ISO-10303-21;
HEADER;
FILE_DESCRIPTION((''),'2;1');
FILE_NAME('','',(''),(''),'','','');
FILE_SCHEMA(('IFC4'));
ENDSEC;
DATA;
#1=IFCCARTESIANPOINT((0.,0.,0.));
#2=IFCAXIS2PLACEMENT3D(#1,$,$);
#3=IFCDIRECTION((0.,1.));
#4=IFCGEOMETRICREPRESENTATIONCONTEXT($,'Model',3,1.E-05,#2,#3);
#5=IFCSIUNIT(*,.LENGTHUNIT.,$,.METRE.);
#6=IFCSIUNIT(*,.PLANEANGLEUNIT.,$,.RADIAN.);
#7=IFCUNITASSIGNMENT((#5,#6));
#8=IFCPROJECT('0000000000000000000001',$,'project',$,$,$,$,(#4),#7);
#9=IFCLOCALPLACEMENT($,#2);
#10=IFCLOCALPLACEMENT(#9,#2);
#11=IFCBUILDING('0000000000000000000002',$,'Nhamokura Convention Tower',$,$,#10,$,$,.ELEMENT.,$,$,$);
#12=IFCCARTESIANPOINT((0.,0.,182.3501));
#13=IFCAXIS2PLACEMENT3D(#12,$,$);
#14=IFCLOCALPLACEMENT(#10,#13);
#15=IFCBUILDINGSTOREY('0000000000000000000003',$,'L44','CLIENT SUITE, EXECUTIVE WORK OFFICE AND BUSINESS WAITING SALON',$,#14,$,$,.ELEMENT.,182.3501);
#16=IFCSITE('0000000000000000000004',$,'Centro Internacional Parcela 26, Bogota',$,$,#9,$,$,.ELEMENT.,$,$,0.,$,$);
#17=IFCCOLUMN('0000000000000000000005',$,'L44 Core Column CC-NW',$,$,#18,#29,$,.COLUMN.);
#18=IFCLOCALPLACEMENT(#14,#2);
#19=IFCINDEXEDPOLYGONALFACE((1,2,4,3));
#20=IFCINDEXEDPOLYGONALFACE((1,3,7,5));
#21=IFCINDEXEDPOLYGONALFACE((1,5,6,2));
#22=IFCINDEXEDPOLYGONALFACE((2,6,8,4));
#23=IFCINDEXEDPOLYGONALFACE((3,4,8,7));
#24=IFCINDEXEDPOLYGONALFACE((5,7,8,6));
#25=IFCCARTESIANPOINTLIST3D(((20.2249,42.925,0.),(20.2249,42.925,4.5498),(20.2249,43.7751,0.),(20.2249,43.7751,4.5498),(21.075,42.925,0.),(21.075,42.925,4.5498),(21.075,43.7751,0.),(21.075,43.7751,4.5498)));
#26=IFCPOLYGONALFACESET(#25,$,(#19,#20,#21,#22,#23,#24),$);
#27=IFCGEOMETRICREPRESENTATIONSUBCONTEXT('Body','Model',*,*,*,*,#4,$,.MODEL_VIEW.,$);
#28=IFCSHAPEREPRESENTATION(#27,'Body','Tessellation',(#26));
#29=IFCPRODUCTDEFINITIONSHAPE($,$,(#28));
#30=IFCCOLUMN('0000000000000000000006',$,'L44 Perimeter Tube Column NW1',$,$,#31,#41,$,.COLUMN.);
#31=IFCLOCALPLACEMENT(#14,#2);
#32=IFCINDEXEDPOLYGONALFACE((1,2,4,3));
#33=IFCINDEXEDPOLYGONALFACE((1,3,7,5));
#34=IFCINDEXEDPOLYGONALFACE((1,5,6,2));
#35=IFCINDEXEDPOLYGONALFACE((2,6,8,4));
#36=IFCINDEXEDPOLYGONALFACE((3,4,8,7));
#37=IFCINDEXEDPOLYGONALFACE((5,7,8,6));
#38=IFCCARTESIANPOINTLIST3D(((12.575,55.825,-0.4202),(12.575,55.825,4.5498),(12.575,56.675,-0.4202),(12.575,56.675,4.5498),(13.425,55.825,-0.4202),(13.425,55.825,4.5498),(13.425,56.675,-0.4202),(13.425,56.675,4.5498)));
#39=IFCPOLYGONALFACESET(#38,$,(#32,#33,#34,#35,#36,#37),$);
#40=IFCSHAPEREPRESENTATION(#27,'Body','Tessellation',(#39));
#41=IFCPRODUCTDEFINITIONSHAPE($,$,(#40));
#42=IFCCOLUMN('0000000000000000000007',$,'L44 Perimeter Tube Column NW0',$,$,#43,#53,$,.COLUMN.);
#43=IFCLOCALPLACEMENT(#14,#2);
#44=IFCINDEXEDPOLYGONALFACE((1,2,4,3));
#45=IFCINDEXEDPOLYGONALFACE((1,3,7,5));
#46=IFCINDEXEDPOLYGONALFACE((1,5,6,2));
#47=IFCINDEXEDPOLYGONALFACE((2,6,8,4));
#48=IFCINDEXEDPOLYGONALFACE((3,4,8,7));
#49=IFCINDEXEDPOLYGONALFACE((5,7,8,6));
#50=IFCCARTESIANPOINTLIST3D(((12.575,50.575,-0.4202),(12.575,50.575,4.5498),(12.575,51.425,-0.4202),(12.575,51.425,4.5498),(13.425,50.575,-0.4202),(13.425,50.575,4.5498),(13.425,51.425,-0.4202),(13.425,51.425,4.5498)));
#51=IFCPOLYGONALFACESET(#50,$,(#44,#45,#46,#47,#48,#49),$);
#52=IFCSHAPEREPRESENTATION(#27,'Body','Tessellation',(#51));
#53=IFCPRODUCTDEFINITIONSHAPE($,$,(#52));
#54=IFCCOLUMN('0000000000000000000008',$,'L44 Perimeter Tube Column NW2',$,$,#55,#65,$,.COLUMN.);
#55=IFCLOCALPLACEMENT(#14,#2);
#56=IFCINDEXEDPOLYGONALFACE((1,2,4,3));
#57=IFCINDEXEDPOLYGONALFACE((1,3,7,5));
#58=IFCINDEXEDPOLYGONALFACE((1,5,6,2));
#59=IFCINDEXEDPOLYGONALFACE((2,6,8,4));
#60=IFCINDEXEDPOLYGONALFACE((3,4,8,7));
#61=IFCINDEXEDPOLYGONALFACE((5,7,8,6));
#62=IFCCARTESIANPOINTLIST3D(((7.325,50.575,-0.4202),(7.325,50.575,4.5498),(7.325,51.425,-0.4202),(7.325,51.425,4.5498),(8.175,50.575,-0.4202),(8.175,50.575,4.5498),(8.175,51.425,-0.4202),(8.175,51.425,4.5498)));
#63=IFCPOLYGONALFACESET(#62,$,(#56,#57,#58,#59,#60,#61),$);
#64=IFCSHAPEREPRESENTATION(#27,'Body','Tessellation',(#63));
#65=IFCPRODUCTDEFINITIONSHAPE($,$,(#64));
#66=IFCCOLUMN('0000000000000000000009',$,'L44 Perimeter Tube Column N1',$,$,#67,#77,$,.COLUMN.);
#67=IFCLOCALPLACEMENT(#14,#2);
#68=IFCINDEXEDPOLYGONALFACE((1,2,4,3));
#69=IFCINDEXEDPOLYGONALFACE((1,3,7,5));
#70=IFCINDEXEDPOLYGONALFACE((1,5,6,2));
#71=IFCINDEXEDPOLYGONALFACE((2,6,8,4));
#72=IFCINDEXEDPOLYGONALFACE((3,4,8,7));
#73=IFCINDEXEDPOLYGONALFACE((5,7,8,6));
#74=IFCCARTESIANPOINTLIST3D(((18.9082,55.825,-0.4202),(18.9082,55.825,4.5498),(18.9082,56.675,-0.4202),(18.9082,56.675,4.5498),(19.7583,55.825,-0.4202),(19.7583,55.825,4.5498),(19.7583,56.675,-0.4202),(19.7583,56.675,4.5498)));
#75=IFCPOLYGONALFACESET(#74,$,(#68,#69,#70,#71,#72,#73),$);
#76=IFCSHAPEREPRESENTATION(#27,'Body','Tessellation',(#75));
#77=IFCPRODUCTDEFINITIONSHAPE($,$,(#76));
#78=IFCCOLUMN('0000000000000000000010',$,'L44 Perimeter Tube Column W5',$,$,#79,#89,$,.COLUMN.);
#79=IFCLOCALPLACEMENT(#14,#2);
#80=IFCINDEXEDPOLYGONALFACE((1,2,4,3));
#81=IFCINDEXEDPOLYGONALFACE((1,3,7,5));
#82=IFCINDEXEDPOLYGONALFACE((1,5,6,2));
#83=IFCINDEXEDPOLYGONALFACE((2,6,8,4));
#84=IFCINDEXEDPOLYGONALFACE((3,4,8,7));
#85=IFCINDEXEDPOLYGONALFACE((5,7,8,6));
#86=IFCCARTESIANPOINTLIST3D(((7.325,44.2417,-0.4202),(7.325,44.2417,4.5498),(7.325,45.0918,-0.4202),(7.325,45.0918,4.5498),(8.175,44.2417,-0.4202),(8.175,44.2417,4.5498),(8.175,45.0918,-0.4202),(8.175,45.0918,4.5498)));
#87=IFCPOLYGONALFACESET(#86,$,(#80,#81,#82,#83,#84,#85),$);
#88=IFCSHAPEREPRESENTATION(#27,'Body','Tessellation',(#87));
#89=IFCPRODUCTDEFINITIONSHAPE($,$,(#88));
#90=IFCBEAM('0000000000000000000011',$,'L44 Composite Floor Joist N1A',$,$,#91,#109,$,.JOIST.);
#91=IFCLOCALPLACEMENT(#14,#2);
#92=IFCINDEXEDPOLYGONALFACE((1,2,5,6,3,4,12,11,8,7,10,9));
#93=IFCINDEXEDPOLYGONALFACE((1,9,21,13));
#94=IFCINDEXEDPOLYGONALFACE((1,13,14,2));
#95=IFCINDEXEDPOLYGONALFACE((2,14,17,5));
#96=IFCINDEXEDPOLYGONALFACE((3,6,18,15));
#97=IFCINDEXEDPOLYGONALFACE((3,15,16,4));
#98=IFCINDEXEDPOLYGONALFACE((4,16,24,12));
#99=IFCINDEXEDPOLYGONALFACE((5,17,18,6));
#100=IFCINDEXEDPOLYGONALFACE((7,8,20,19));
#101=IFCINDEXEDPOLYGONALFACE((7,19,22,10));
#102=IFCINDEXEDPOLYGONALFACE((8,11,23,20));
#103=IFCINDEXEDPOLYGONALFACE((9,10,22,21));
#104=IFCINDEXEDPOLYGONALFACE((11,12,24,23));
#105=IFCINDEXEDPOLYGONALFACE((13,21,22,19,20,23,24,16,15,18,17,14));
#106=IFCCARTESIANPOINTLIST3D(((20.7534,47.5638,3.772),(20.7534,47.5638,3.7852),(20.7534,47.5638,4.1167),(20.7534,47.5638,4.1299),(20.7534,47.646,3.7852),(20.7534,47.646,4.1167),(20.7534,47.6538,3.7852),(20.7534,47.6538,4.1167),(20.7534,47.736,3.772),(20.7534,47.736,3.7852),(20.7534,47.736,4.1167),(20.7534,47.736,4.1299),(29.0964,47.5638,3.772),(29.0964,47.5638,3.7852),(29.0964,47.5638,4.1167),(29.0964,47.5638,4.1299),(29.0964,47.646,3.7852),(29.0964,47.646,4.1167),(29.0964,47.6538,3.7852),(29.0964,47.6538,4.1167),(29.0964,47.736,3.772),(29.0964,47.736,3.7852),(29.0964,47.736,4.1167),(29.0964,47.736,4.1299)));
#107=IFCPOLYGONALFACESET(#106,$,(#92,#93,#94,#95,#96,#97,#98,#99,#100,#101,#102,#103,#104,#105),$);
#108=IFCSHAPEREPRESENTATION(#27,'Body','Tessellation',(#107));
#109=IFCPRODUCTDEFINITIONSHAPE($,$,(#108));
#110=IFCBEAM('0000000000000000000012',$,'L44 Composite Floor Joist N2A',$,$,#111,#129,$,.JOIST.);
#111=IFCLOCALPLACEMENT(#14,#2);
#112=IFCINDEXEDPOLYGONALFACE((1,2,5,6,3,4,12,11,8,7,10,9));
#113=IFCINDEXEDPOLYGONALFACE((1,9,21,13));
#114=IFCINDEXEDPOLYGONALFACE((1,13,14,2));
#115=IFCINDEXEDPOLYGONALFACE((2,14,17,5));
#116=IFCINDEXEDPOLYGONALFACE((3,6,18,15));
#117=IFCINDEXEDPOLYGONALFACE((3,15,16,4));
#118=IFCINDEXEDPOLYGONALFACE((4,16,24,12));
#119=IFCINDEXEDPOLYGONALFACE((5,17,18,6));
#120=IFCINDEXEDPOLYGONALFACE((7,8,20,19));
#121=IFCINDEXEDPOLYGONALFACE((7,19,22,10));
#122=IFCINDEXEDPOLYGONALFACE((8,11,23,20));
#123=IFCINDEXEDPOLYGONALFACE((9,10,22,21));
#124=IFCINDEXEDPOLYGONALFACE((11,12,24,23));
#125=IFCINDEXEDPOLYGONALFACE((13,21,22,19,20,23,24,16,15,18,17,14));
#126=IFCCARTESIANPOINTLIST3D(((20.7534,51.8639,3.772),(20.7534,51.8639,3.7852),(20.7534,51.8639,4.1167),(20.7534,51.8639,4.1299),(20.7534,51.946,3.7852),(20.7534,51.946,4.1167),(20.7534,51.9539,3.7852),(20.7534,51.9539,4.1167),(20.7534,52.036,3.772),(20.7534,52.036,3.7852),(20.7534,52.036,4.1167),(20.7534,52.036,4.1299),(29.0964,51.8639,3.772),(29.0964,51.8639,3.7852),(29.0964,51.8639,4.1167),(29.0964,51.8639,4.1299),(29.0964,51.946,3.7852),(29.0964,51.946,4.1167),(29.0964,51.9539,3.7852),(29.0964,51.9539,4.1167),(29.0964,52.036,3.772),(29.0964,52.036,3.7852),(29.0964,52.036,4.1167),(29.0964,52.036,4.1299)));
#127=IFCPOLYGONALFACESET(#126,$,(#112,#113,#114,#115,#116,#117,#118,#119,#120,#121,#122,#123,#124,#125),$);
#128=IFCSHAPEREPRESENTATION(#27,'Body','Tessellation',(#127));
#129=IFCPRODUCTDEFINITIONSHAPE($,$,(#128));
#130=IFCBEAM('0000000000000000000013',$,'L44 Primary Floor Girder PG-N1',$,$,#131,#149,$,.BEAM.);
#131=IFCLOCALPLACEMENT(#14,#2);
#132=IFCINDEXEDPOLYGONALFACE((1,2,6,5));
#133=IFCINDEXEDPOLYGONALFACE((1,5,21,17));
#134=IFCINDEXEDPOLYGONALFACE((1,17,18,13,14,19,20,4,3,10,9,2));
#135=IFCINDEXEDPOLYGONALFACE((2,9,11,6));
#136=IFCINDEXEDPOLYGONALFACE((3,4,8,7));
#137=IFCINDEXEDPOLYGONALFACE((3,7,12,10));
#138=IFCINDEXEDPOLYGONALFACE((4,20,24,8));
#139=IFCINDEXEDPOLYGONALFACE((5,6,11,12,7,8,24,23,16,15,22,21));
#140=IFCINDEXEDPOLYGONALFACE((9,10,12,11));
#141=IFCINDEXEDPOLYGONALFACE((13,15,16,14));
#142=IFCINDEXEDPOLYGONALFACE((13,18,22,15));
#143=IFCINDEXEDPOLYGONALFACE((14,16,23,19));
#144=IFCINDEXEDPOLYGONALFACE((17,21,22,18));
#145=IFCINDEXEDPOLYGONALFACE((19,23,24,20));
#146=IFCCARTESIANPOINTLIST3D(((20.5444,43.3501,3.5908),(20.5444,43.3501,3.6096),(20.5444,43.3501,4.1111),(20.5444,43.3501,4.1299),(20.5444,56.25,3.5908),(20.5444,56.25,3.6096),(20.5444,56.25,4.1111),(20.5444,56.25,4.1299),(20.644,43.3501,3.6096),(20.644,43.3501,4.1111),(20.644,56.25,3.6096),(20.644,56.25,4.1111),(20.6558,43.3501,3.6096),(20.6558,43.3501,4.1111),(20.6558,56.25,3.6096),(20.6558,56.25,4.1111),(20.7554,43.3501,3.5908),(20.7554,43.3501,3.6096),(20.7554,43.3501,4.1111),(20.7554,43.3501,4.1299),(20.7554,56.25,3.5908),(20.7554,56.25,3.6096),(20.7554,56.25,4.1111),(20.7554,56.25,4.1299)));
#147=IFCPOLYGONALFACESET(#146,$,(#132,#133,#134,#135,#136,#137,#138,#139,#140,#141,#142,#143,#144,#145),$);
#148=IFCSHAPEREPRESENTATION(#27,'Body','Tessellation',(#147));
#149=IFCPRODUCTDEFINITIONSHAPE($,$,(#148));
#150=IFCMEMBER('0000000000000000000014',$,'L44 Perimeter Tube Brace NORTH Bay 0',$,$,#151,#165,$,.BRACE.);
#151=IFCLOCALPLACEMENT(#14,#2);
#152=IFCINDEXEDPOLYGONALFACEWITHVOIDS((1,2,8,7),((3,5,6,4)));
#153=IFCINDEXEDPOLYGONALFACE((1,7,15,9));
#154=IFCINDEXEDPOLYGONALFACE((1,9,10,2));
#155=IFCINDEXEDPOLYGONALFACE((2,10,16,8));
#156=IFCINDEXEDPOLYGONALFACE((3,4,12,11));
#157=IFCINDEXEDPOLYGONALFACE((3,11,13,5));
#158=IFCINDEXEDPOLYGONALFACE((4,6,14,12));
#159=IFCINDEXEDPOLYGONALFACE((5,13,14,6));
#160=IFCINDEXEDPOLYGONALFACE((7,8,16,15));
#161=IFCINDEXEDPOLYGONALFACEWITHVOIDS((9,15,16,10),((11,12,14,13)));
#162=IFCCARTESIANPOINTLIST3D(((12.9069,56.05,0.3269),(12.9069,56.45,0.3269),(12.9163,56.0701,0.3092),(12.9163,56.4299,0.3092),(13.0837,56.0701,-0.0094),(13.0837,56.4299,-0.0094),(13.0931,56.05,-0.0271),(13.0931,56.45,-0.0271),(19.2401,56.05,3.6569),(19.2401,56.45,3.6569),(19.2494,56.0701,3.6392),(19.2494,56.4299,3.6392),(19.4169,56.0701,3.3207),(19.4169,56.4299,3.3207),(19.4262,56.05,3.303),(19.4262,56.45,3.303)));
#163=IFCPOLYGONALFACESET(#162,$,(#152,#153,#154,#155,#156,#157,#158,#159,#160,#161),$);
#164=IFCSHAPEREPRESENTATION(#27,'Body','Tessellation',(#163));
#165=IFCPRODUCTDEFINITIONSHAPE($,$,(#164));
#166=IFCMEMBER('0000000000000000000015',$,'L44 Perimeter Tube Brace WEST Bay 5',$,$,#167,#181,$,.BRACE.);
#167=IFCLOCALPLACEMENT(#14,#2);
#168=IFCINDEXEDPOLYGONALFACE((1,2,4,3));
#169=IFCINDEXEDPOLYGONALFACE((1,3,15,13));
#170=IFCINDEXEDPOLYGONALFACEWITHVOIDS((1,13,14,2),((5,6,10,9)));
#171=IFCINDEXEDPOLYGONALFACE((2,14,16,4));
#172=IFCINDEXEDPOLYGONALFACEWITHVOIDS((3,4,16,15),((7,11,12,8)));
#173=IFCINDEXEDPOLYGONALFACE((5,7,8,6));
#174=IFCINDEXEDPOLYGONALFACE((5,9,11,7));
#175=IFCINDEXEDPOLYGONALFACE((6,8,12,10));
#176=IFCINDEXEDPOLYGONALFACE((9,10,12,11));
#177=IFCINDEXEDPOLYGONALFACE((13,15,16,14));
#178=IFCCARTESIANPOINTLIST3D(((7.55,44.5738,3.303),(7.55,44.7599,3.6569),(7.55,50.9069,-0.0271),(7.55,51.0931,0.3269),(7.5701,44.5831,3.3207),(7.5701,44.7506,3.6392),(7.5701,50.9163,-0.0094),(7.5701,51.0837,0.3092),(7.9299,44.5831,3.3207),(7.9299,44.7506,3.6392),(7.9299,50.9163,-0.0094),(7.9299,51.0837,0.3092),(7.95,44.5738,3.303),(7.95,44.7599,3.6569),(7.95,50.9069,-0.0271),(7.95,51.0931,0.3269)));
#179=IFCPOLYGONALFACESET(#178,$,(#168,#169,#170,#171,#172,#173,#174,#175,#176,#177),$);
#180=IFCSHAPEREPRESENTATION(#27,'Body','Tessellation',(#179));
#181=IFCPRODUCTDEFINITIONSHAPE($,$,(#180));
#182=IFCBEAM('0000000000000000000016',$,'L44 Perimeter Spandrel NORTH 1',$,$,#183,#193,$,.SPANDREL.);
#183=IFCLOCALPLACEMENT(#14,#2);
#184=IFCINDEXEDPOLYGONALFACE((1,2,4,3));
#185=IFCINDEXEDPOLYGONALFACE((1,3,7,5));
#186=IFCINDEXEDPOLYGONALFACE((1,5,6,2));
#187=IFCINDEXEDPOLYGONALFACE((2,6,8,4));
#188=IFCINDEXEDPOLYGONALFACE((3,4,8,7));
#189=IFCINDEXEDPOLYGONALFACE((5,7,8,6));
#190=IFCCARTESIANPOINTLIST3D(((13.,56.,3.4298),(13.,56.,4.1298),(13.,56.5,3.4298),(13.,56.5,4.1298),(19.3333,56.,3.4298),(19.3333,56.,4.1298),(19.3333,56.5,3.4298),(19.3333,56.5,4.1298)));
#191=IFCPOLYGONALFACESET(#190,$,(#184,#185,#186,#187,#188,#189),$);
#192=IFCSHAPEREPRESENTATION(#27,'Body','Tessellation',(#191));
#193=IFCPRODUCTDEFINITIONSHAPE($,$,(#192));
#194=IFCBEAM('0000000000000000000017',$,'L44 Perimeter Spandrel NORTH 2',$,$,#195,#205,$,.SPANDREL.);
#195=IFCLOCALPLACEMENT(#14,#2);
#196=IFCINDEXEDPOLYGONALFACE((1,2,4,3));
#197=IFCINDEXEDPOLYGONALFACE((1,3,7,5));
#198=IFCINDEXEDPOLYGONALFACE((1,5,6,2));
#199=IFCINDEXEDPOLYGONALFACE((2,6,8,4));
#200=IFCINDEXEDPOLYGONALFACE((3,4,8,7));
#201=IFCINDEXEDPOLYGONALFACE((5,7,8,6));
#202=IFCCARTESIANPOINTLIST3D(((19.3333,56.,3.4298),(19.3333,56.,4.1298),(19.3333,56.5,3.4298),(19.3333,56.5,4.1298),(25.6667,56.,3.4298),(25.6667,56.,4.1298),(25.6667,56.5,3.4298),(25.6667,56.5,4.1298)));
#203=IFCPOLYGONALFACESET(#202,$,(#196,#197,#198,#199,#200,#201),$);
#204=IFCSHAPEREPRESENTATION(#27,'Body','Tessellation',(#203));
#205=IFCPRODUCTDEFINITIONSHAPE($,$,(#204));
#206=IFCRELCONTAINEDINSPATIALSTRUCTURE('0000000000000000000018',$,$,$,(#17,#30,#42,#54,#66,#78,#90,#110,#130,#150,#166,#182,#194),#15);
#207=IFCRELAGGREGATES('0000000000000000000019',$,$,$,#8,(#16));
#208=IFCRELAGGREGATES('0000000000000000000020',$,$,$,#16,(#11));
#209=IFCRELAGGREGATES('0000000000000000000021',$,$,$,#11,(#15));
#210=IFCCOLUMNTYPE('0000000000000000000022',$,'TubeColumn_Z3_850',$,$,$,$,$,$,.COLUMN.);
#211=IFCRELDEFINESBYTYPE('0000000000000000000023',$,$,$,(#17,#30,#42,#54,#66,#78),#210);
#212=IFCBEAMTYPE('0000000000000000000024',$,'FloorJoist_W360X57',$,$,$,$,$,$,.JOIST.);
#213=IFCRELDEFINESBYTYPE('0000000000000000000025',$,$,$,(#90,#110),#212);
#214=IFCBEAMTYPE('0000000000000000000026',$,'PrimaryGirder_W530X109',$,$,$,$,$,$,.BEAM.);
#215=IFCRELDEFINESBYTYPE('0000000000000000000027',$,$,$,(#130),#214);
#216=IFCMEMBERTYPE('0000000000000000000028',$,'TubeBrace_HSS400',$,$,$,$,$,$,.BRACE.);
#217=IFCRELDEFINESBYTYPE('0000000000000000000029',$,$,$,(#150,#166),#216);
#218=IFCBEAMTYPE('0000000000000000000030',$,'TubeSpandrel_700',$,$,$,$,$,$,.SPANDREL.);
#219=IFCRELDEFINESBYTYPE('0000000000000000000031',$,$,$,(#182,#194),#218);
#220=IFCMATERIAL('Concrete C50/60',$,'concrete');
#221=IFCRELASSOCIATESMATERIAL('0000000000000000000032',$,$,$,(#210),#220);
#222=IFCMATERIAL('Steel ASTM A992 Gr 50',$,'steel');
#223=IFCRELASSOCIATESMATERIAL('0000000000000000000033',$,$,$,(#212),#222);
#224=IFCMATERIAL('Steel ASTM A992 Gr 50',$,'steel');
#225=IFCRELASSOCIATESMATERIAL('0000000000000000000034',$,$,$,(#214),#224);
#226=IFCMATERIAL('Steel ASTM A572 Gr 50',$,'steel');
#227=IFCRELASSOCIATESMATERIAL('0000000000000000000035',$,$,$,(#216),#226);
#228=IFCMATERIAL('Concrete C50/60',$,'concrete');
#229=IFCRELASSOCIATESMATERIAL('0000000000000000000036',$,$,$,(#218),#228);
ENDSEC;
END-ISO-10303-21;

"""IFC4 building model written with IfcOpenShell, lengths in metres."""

from ifc_helpers import new_model, si_unit, direction, frame, origin, origin_2d, place, context, subcontext, project, spatial, rectangle, hollow_rectangle, i_section, extrude, material, material_profile, profile_set, type_object, element, save


model = new_model("IFC4")

# Units and contexts
model_context = context("Model", 3, precision=1e-05, world=origin(), true_north=direction((0.0, 1.0)))
body_context = subcontext(model_context, "Body", "Model", "MODEL_VIEW")
ifc_project = project(units=[si_unit("LENGTHUNIT", "METRE"), si_unit("PLANEANGLEUNIT", "RADIAN")], contexts=[model_context])

# Site, building, storey
site_placement = place(None, origin())
site = spatial("IfcSite", under=ifc_project, at=site_placement, Name="Centro Internacional Parcela 26, Bogota", CompositionType="ELEMENT", RefElevation=0.0)
building_placement = place(site_placement, origin())
building = spatial("IfcBuilding", under=site, at=building_placement, Name="Nhamokura Convention Tower", CompositionType="ELEMENT")
storey_placement = place(building_placement, frame((0.0, 0.0, 182.3501)))
storey = spatial("IfcBuildingStorey", under=building, at=storey_placement, Name="L44", Description="CLIENT SUITE, EXECUTIVE WORK OFFICE AND BUSINESS WAITING SALON", CompositionType="ELEMENT", Elevation=182.3501)

# Columns
ifc_material_1 = material(Name="Concrete C50/60", Category="concrete")
ifc_material_profile_1 = material_profile(ifc_material_1, rectangle(XDim=0.8501, YDim=0.8501, at=origin_2d()))
ifc_profile_set_1 = profile_set([ifc_material_profile_1], Name="Concrete C50/60")
column_type = type_object("IfcColumnType", Name="TubeColumn_Z3_850", PredefinedType="COLUMN", material=ifc_profile_set_1)
column_placement = place(storey_placement, frame((20.6499, 43.3501, 0.0), z_axis=(0.0, 0.0, 1.0), x_axis=(1.0, 0.0, 0.0)))
element("IfcColumn", 1, at=column_placement, inside=storey, type_object=column_type, Name="L44 Core Column CC-NW", PredefinedType="COLUMN", context=body_context, shape_type="SweptSolid", body=[
    extrude(rectangle(XDim=0.8501, YDim=0.8501, at=origin_2d()), origin(), (0.0, 0.0, 1.0), 4.5498),
])
for number, where, z_axis, x_axis, name in (
    (2, (13.0, 56.25, -0.4202), (0.0, 0.0, 1.0), (1.0, 0.0, 0.0), "L44 Perimeter Tube Column NW1"),
    (3, (13.0, 51.0, -0.4202), (0.0, 0.0, 1.0), (1.0, 0.0, 0.0), "L44 Perimeter Tube Column NW0"),
    (4, (7.75, 51.0, -0.4202), (0.0, 0.0, 1.0), (1.0, 0.0, 0.0), "L44 Perimeter Tube Column NW2"),
    (5, (19.3333, 56.25, -0.4202), (0.0, 0.0, 1.0), (1.0, 0.0, 0.0), "L44 Perimeter Tube Column N1"),
    (6, (7.75, 44.6667, -0.4202), (0.0, 0.0, 1.0), (1.0, 0.0, 0.0), "L44 Perimeter Tube Column W5"),
):
    element("IfcColumn", number, at=place(storey_placement, frame(where, z_axis=z_axis, x_axis=x_axis)), inside=storey, type_object=column_type, Name=name, PredefinedType="COLUMN", context=body_context, shape_type="SweptSolid", body=[
        extrude(rectangle(XDim=0.8501, YDim=0.8501, at=origin_2d()), origin(), (0.0, 0.0, 1.0), 4.97),
    ])

# Beams
ifc_material_2 = material(Name="Steel ASTM A992 Gr 50", Category="steel")
ifc_material_profile_2 = material_profile(ifc_material_2, i_section(OverallWidth=0.1721, OverallDepth=0.3579, WebThickness=0.0078, FlangeThickness=0.0132, at=origin_2d()))
ifc_profile_set_2 = profile_set([ifc_material_profile_2], Name="Steel ASTM A992 Gr 50")
beam_type_1 = type_object("IfcBeamType", Name="FloorJoist_W360X57", PredefinedType="JOIST", material=ifc_profile_set_2)
for number, where, z_axis, x_axis, name in (
    (7, (20.7534, 47.6499, 3.9509), (1.0, 0.0, 0.0), (0.0, 1.0, 0.0), "L44 Composite Floor Joist N1A"),
    (8, (20.7534, 51.95, 3.9509), (1.0, 0.0, 0.0), (0.0, 1.0, 0.0), "L44 Composite Floor Joist N2A"),
):
    element("IfcBeam", number, at=place(storey_placement, frame(where, z_axis=z_axis, x_axis=x_axis)), inside=storey, type_object=beam_type_1, Name=name, PredefinedType="JOIST", context=body_context, shape_type="SweptSolid", body=[
        extrude(i_section(OverallWidth=0.1721, OverallDepth=0.3579, WebThickness=0.0078, FlangeThickness=0.0132, at=origin_2d()), origin(), (0.0, 0.0, 1.0), 8.343),
    ])
ifc_material_3 = material(Name="Steel ASTM A992 Gr 50", Category="steel")
ifc_material_profile_3 = material_profile(ifc_material_3, i_section(OverallWidth=0.2109, OverallDepth=0.5391, WebThickness=0.0117, FlangeThickness=0.0188, at=origin_2d()))
ifc_profile_set_3 = profile_set([ifc_material_profile_3], Name="Steel ASTM A992 Gr 50")
beam_type_2 = type_object("IfcBeamType", Name="PrimaryGirder_W530X109", PredefinedType="BEAM", material=ifc_profile_set_3)
beam_1_placement = place(storey_placement, frame((20.6499, 43.3501, 3.8604), z_axis=(0.0, 1.0, 0.0), x_axis=(-1.0, 0.0, 0.0)))
element("IfcBeam", 9, at=beam_1_placement, inside=storey, type_object=beam_type_2, Name="L44 Primary Floor Girder PG-N1", PredefinedType="BEAM", context=body_context, shape_type="SweptSolid", body=[
    extrude(i_section(OverallWidth=0.2109, OverallDepth=0.5391, WebThickness=0.0117, FlangeThickness=0.0188, at=origin_2d()), origin(), (0.0, 0.0, 1.0), 12.8999),
])

# Members
ifc_material_4 = material(Name="Steel ASTM A572 Gr 50", Category="steel")
ifc_material_profile_4 = material_profile(ifc_material_4, hollow_rectangle(XDim=0.3999, YDim=0.3999, WallThickness=0.02, at=origin_2d()))
ifc_profile_set_4 = profile_set([ifc_material_profile_4], Name="Steel ASTM A572 Gr 50")
member_type = type_object("IfcMemberType", Name="TubeBrace_HSS400", PredefinedType="BRACE", material=ifc_profile_set_4)
for number, where, z_axis, x_axis, name in (
    (10, (13.0, 56.25, 0.1499), (0.885103, 0.0, 0.465395), (0.0, 1.0, 0.0), "L44 Perimeter Tube Brace NORTH Bay 0"),
    (11, (7.75, 51.0, 0.1499), (0.0, -0.885103, 0.465395), (1.0, 0.0, 0.0), "L44 Perimeter Tube Brace WEST Bay 5"),
):
    element("IfcMember", number, at=place(storey_placement, frame(where, z_axis=z_axis, x_axis=x_axis)), inside=storey, type_object=member_type, Name=name, PredefinedType="BRACE", context=body_context, shape_type="SweptSolid", body=[
        extrude(hollow_rectangle(XDim=0.3999, YDim=0.3999, WallThickness=0.02, at=origin_2d()), origin(), (0.0, 0.0, 1.0), 7.1553),
    ])

# Beams
ifc_material_5 = material(Name="Concrete C50/60", Category="concrete")
ifc_material_profile_5 = material_profile(ifc_material_5, rectangle(XDim=0.5, YDim=0.7, at=origin_2d()))
ifc_profile_set_5 = profile_set([ifc_material_profile_5], Name="Concrete C50/60")
beam_type_3 = type_object("IfcBeamType", Name="TubeSpandrel_700", PredefinedType="SPANDREL", material=ifc_profile_set_5)
beam_2_placement = place(storey_placement, frame((13.0, 56.25, 3.7798), z_axis=(1.0, 0.0, 0.0), x_axis=(0.0, 1.0, 0.0)))
element("IfcBeam", 12, at=beam_2_placement, inside=storey, type_object=beam_type_3, Name="L44 Perimeter Spandrel NORTH 1", PredefinedType="SPANDREL", context=body_context, shape_type="SweptSolid", body=[
    extrude(rectangle(XDim=0.5, YDim=0.7, at=origin_2d()), origin(), (0.0, 0.0, 1.0), 6.3333),
])
beam_3_placement = place(storey_placement, frame((19.3333, 56.25, 3.7798), z_axis=(1.0, 0.0, 0.0), x_axis=(0.0, 1.0, 0.0)))
element("IfcBeam", 13, at=beam_3_placement, inside=storey, type_object=beam_type_3, Name="L44 Perimeter Spandrel NORTH 2", PredefinedType="SPANDREL", context=body_context, shape_type="SweptSolid", body=[
    extrude(rectangle(XDim=0.5, YDim=0.7, at=origin_2d()), origin(), (0.0, 0.0, 1.0), 6.3335),
])

save(model, "model.ifc")
